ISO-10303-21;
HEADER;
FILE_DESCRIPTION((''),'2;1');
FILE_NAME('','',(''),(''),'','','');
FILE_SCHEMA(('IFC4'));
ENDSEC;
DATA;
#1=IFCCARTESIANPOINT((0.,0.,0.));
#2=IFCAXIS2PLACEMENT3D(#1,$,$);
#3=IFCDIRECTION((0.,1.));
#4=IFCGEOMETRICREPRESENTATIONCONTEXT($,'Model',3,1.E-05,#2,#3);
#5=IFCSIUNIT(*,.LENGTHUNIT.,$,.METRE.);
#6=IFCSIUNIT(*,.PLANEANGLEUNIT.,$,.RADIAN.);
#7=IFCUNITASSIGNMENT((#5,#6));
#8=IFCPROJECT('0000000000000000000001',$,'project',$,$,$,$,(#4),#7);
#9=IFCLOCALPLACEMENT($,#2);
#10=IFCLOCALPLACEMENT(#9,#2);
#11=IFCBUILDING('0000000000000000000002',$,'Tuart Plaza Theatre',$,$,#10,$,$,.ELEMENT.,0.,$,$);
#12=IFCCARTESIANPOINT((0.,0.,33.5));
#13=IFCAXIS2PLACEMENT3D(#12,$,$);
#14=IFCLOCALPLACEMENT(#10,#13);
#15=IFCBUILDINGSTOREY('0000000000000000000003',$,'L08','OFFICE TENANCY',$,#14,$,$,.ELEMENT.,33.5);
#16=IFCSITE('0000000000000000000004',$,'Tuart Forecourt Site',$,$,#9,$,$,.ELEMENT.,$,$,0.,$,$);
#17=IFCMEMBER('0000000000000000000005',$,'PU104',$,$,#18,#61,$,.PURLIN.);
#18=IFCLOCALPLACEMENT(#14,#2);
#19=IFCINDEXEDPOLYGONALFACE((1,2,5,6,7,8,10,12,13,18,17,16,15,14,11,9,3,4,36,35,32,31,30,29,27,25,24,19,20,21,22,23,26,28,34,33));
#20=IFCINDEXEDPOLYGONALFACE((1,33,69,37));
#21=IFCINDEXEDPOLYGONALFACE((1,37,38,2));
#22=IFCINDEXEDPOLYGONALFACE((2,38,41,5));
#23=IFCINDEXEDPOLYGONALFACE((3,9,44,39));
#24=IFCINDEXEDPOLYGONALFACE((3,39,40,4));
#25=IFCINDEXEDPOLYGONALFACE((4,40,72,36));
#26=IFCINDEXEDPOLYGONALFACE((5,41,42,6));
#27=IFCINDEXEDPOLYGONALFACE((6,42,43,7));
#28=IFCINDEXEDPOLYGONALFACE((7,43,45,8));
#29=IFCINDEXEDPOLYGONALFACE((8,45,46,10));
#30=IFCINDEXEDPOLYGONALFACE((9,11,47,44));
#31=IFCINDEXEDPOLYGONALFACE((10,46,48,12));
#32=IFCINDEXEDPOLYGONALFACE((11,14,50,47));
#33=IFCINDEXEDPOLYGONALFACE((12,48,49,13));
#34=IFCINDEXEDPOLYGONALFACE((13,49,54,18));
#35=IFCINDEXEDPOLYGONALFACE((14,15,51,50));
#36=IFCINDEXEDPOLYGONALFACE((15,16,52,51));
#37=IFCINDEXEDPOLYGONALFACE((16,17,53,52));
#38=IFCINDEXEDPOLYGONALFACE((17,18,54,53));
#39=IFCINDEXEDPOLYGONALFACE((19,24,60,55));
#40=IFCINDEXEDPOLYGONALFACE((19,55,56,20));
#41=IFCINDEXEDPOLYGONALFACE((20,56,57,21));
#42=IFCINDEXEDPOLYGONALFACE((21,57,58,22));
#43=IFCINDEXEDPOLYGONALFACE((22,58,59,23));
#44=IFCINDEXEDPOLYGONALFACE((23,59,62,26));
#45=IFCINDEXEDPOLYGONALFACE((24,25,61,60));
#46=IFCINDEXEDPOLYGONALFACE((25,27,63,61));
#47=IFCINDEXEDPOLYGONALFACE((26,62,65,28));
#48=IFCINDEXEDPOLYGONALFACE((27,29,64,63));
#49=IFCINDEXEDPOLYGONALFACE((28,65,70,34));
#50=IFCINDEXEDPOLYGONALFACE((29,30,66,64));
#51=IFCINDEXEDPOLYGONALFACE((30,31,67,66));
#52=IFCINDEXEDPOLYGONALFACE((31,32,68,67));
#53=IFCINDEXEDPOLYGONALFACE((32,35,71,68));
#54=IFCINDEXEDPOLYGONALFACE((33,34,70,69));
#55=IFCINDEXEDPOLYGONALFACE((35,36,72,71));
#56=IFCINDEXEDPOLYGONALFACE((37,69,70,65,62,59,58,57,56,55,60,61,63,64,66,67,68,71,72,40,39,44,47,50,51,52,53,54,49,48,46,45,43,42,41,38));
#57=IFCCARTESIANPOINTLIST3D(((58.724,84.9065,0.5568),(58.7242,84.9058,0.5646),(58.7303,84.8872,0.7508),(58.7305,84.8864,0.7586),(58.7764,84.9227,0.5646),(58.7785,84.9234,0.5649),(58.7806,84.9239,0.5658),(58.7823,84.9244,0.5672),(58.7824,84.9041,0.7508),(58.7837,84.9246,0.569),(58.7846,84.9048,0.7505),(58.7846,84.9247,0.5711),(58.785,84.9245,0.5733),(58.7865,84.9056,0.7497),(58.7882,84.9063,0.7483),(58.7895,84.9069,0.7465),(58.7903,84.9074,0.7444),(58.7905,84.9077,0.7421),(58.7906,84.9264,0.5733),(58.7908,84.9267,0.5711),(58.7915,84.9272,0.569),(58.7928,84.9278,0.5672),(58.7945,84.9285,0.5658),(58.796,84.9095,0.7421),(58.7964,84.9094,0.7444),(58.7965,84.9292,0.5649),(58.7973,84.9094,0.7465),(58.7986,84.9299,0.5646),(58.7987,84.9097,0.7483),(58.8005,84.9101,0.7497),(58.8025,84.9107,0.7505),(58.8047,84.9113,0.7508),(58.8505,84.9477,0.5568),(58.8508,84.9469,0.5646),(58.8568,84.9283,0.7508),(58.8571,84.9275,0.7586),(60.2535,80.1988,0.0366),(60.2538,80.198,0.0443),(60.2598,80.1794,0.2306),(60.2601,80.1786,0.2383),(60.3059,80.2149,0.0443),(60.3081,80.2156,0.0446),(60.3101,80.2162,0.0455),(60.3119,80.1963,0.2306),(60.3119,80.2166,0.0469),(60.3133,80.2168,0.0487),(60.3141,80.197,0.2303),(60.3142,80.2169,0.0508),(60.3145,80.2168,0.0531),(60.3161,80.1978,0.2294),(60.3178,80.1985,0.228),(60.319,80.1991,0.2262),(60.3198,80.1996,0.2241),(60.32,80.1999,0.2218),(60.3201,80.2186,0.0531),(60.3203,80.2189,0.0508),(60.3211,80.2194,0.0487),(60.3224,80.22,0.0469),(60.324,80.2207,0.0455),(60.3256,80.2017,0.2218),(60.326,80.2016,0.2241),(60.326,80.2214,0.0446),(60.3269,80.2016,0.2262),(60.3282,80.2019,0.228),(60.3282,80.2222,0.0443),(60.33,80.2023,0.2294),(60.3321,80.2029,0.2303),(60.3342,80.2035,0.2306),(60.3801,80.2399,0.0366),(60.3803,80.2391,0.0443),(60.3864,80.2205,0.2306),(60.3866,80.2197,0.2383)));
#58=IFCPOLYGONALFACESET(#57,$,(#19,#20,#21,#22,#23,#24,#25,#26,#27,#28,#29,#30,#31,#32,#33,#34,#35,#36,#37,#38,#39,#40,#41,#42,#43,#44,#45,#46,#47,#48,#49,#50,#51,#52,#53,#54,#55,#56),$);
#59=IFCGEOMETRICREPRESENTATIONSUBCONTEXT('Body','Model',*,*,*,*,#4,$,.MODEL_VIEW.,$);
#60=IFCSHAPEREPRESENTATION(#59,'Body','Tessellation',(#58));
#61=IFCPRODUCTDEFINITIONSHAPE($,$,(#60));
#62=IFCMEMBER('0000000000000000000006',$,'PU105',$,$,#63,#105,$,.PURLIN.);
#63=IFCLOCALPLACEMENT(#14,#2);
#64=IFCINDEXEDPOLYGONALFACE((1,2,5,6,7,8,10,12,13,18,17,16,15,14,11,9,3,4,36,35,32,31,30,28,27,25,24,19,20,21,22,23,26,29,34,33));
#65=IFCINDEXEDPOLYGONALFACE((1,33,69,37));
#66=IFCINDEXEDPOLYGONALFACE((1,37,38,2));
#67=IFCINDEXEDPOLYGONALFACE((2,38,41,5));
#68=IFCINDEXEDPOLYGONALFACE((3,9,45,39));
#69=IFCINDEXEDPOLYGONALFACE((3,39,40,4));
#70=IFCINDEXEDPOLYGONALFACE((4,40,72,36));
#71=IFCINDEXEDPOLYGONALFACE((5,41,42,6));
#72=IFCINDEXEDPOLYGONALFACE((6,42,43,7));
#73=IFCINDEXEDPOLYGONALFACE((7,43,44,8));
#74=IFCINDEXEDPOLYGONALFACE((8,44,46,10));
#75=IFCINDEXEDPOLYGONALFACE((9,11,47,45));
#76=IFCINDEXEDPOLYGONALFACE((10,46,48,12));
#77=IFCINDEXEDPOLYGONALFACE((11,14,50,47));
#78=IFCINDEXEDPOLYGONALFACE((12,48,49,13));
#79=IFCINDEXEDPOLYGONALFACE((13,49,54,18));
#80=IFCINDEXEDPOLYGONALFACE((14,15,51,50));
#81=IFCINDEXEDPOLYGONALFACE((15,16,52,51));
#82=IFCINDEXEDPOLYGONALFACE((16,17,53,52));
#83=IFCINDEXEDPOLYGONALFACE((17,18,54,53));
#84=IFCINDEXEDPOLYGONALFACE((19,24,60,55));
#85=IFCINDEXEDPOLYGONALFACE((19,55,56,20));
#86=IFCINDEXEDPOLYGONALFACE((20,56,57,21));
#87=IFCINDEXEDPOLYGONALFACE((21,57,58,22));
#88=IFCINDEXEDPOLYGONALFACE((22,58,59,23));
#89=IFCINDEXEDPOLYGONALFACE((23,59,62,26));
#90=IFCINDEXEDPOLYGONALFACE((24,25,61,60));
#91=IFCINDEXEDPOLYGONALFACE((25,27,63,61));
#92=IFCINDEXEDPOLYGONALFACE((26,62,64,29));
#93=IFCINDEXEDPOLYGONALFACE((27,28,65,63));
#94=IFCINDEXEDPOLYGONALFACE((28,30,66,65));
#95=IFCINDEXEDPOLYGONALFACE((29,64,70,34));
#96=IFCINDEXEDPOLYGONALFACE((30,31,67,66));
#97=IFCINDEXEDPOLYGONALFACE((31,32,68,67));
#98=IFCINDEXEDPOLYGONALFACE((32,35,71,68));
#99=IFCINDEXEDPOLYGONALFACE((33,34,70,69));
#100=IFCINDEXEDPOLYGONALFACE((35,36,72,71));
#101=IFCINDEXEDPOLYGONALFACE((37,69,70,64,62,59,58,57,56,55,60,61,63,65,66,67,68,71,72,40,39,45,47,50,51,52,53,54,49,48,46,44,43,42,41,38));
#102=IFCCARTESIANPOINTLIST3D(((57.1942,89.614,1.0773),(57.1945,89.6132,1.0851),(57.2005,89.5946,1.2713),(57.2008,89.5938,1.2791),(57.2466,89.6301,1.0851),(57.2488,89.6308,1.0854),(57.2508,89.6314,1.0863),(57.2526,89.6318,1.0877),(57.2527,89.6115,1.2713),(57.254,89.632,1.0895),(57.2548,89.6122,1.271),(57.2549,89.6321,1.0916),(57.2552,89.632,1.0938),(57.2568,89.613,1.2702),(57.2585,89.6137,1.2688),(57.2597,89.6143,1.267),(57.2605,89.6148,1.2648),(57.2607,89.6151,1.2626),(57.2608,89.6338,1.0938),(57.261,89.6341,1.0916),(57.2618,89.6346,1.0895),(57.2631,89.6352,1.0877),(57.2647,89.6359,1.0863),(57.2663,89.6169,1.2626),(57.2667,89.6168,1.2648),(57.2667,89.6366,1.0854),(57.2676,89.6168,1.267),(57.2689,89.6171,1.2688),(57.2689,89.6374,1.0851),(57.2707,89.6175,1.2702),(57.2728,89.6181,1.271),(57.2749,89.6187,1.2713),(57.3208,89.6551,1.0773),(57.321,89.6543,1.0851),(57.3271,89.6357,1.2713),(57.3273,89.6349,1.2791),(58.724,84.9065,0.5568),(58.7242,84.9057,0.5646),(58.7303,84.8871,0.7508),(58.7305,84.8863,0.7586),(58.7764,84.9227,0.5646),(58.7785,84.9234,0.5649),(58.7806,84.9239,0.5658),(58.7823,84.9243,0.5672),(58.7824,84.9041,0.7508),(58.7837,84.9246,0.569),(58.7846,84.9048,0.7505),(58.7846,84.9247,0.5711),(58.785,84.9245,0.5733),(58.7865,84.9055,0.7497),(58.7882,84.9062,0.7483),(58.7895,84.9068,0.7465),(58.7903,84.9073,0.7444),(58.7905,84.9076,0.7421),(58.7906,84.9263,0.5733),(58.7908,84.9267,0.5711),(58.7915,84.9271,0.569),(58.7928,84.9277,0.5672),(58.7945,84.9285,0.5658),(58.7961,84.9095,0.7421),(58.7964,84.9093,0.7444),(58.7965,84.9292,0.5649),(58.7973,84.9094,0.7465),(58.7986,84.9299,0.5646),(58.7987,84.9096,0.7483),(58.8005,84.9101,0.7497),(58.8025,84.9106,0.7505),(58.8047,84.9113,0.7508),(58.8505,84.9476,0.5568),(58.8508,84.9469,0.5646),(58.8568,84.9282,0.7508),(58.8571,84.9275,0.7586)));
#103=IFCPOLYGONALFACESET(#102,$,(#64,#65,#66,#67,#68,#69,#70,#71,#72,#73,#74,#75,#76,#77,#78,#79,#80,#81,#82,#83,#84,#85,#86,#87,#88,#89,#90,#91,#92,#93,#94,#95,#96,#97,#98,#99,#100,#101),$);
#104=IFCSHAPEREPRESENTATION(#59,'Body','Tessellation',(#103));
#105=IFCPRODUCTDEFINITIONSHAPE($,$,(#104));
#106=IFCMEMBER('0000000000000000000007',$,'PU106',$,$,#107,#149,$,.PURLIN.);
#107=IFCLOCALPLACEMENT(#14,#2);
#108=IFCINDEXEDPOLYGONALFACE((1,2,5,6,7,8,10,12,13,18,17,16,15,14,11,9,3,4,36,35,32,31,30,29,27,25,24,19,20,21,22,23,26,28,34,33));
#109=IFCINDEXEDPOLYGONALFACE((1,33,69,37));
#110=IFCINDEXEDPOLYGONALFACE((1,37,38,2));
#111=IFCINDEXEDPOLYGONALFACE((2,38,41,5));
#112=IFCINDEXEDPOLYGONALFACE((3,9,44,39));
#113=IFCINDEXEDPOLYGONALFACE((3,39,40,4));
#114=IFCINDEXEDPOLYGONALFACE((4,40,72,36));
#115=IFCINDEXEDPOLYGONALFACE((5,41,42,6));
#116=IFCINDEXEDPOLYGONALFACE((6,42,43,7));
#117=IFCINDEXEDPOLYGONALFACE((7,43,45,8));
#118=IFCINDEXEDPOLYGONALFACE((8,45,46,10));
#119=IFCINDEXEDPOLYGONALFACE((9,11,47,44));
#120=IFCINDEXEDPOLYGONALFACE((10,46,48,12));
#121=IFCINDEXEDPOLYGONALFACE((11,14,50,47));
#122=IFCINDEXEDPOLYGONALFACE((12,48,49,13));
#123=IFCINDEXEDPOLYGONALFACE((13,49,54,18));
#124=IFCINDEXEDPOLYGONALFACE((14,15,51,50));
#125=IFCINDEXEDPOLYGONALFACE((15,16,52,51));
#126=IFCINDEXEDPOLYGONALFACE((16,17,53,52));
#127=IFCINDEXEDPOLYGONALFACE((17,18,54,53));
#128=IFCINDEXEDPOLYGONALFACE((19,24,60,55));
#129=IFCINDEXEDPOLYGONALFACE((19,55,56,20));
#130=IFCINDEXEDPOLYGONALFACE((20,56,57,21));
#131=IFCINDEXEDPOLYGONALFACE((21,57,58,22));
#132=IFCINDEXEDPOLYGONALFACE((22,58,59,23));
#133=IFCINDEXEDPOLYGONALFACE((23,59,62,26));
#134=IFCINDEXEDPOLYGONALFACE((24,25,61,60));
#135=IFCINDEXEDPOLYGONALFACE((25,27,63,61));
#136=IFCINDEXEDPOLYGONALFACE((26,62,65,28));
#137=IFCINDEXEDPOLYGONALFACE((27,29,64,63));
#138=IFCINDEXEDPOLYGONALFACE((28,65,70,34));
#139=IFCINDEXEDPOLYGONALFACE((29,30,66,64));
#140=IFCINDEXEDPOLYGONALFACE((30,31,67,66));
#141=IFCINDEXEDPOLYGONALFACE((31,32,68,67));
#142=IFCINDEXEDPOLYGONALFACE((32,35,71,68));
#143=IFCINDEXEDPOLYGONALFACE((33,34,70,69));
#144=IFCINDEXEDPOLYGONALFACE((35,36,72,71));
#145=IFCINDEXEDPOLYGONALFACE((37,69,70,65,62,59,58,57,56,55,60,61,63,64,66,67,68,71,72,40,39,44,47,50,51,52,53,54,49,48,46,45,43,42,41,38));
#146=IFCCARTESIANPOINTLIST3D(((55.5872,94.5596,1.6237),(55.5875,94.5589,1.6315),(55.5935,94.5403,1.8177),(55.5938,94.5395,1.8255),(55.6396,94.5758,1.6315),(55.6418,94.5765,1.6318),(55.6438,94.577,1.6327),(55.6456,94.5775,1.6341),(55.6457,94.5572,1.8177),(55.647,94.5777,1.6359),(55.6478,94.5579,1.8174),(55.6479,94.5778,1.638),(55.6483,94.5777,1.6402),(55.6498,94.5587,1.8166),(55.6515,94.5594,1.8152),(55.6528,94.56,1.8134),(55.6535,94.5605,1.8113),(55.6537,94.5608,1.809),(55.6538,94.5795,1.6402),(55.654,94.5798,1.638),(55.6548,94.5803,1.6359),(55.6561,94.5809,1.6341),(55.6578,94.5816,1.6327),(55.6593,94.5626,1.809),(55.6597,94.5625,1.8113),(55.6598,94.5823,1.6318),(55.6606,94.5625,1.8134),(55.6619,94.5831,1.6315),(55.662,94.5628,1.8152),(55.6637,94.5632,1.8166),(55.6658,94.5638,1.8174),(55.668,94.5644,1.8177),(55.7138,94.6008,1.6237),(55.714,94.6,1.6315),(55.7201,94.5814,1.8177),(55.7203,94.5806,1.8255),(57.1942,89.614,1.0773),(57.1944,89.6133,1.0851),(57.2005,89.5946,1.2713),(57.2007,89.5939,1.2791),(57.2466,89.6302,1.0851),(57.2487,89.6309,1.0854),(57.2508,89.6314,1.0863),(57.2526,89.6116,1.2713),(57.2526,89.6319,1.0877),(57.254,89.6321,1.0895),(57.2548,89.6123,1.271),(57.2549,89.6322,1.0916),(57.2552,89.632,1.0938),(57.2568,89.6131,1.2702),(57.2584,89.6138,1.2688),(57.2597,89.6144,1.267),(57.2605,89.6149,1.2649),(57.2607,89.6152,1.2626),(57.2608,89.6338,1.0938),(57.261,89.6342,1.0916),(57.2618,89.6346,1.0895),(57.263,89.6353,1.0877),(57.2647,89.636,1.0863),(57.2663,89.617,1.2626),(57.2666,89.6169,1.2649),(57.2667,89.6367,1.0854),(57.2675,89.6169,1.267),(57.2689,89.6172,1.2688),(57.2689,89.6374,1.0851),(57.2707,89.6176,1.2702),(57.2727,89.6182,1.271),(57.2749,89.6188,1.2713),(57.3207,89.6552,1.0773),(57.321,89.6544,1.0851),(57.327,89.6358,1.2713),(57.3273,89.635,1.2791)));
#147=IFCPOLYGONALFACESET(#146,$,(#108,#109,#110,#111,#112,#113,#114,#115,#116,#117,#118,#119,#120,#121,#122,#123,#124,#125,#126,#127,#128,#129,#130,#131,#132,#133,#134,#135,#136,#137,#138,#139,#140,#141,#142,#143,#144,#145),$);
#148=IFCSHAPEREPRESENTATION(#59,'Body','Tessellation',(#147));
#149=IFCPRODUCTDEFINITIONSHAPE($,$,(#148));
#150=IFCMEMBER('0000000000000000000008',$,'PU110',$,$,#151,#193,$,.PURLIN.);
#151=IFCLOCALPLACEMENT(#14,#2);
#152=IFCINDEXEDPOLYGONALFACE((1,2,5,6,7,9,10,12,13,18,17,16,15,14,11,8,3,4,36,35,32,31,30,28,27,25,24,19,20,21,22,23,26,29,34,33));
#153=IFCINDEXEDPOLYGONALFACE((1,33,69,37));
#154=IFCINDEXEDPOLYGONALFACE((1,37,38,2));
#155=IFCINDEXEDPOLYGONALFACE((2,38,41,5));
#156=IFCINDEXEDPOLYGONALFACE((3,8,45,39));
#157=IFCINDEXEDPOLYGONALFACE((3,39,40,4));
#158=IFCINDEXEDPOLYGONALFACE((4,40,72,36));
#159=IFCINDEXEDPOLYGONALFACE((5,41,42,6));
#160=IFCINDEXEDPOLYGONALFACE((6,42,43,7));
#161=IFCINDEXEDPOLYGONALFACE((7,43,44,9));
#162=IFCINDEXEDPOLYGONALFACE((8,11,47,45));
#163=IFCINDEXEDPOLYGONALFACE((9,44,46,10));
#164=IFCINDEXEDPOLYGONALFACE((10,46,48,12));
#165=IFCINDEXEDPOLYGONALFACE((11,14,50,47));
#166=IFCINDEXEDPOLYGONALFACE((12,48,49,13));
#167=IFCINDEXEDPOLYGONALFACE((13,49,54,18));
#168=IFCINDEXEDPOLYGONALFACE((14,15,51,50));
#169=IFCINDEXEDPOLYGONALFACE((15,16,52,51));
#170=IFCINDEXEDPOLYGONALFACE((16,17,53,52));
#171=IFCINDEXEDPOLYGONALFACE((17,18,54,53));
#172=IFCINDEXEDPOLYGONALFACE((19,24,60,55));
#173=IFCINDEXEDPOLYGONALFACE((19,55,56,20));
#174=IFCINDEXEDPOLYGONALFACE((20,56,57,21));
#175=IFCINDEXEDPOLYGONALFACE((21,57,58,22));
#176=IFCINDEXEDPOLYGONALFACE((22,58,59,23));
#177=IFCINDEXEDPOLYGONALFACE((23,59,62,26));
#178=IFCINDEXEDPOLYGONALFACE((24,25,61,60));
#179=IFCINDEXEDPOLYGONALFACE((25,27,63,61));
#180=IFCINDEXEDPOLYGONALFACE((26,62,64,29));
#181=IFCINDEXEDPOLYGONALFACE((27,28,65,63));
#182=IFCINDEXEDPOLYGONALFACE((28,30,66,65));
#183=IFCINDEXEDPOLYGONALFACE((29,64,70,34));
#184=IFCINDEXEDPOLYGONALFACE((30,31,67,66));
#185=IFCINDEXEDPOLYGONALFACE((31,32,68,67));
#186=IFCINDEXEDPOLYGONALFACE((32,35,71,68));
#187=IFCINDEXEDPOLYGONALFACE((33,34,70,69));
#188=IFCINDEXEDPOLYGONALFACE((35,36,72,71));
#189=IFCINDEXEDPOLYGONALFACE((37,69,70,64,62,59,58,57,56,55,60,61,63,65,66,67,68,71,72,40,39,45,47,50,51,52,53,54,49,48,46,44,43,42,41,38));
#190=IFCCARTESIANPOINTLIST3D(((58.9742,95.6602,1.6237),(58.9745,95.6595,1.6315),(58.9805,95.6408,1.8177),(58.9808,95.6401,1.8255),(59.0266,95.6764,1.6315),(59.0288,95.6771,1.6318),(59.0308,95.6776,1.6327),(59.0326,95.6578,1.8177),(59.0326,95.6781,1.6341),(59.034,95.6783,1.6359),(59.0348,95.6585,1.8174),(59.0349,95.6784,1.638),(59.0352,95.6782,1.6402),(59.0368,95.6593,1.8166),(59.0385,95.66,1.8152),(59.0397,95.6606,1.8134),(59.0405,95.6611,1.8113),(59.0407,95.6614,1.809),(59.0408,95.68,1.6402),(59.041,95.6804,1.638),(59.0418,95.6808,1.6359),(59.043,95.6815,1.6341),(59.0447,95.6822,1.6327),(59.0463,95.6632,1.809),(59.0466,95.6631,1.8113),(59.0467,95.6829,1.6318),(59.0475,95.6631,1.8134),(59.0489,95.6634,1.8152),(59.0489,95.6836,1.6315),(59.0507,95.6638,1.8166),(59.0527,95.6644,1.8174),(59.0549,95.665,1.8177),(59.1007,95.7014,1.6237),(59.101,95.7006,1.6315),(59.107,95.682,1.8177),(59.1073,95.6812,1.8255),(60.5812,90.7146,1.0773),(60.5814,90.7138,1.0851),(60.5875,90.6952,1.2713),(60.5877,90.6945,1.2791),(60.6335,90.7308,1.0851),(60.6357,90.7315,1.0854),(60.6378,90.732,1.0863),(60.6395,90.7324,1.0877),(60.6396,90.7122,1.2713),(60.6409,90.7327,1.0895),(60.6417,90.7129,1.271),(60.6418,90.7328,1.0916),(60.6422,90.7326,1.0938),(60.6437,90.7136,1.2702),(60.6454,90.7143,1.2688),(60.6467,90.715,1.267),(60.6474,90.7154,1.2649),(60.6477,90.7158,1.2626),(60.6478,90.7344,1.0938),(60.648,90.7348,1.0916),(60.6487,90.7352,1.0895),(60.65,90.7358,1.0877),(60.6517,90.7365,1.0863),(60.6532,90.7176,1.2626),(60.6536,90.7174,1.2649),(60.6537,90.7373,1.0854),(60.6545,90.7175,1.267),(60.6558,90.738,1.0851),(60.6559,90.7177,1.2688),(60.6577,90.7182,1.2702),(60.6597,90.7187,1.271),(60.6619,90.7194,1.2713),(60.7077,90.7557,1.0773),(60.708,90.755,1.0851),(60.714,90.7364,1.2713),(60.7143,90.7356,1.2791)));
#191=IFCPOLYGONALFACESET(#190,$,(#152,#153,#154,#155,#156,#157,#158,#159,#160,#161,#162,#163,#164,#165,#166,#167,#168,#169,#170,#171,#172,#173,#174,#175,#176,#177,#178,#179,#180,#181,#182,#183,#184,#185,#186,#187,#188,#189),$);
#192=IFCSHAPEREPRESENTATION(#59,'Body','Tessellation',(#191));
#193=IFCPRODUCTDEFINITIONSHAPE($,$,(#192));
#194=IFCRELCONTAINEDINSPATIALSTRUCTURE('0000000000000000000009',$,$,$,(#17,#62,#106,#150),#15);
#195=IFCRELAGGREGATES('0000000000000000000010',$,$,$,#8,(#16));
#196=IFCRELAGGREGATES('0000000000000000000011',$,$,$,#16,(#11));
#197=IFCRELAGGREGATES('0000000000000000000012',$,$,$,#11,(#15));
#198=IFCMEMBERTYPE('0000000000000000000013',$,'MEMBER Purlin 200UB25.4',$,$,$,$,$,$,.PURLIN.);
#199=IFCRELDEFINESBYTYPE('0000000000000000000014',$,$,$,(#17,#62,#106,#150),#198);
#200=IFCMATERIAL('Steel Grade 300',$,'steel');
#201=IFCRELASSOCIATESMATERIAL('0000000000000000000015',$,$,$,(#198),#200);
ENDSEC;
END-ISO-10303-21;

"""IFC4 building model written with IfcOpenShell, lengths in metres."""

from ifc_helpers import new_model, si_unit, direction, frame, origin, origin_2d, place, context, subcontext, project, spatial, i_section, extrude, material, material_profile, profile_set, type_object, element, save


model = new_model("IFC4")

# Units and contexts
model_context = context("Model", 3, precision=1e-05, world=origin(), true_north=direction((0.0, 1.0)))
body_context = subcontext(model_context, "Body", "Model", "MODEL_VIEW")
ifc_project = project(units=[si_unit("LENGTHUNIT", "METRE"), si_unit("PLANEANGLEUNIT", "RADIAN")], contexts=[model_context])

# Site, building, storey
site_placement = place(None, origin())
site = spatial("IfcSite", under=ifc_project, at=site_placement, Name="Tuart Forecourt Site", CompositionType="ELEMENT", RefElevation=0.0)
building_placement = place(site_placement, origin())
building = spatial("IfcBuilding", under=site, at=building_placement, Name="Tuart Plaza Theatre", CompositionType="ELEMENT", ElevationOfRefHeight=0.0)
storey_placement = place(building_placement, frame((0.0, 0.0, 33.5)))
storey = spatial("IfcBuildingStorey", under=building, at=storey_placement, Name="L08", Description="OFFICE TENANCY", CompositionType="ELEMENT", Elevation=33.5)

# Members
ifc_material_1 = material(Name="Steel Grade 300", Category="steel")
ifc_material_profile_1 = material_profile(ifc_material_1, i_section(OverallWidth=0.1331, OverallDepth=0.2029, WebThickness=0.0059, FlangeThickness=0.0078, FilletRadius=0.0088, at=origin_2d()), Name="200UB25.4")
ifc_profile_set_1 = profile_set([ifc_material_profile_1], Name="Steel Grade 300")
member_type_1 = type_object("IfcMemberType", Name="MEMBER Purlin 200UB25.4", PredefinedType="PURLIN", material=ifc_profile_set_1)
member_1_placement = place(storey_placement, frame((60.3201, 80.2092, 0.1375), z_axis=(-0.307305, 0.945853, 0.104528), x_axis=(-0.951063, -0.308998, 0.0)))
element("IfcMember", 1, at=member_1_placement, inside=storey, type_object=member_type_1, Name="PU104", PredefinedType="PURLIN", context=body_context, shape_type="SweptSolid", body=[
    extrude(i_section(OverallWidth=0.1331, OverallDepth=0.2029, WebThickness=0.0059, FlangeThickness=0.0078, FilletRadius=0.0088, at=origin_2d()), origin(), (0.0, 0.0, 1.0), 4.9773),
])
member_2_placement = place(storey_placement, frame((58.7905, 84.917, 0.6577), z_axis=(-0.307362, 0.945828, 0.10458), x_axis=(-0.951043, -0.309057, 0.0)))
element("IfcMember", 2, at=member_2_placement, inside=storey, type_object=member_type_1, Name="PU105", PredefinedType="PURLIN", context=body_context, shape_type="SweptSolid", body=[
    extrude(i_section(OverallWidth=0.1331, OverallDepth=0.2029, WebThickness=0.0059, FlangeThickness=0.0078, FilletRadius=0.0088, at=origin_2d()), origin(), (0.0, 0.0, 1.0), 4.9771),
])
for number, where, z_axis, x_axis, name in (
    (3, (57.2607, 89.6245, 1.1782), (-0.307329, 0.945848, 0.104498), (-0.951055, -0.309021, 0.0), "PU106"),
    (4, (60.6477, 90.7251, 1.1782), (-0.307329, 0.945848, 0.104498), (-0.951055, -0.309021, 0.0), "PU110"),
):
    element("IfcMember", number, at=place(storey_placement, frame(where, z_axis=z_axis, x_axis=x_axis)), inside=storey, type_object=member_type_1, Name=name, PredefinedType="PURLIN", context=body_context, shape_type="SweptSolid", body=[
        extrude(i_section(OverallWidth=0.1331, OverallDepth=0.2029, WebThickness=0.0059, FlangeThickness=0.0078, FilletRadius=0.0088, at=origin_2d()), origin(), (0.0, 0.0, 1.0), 5.2288),
    ])

save(model, "model.ifc")
